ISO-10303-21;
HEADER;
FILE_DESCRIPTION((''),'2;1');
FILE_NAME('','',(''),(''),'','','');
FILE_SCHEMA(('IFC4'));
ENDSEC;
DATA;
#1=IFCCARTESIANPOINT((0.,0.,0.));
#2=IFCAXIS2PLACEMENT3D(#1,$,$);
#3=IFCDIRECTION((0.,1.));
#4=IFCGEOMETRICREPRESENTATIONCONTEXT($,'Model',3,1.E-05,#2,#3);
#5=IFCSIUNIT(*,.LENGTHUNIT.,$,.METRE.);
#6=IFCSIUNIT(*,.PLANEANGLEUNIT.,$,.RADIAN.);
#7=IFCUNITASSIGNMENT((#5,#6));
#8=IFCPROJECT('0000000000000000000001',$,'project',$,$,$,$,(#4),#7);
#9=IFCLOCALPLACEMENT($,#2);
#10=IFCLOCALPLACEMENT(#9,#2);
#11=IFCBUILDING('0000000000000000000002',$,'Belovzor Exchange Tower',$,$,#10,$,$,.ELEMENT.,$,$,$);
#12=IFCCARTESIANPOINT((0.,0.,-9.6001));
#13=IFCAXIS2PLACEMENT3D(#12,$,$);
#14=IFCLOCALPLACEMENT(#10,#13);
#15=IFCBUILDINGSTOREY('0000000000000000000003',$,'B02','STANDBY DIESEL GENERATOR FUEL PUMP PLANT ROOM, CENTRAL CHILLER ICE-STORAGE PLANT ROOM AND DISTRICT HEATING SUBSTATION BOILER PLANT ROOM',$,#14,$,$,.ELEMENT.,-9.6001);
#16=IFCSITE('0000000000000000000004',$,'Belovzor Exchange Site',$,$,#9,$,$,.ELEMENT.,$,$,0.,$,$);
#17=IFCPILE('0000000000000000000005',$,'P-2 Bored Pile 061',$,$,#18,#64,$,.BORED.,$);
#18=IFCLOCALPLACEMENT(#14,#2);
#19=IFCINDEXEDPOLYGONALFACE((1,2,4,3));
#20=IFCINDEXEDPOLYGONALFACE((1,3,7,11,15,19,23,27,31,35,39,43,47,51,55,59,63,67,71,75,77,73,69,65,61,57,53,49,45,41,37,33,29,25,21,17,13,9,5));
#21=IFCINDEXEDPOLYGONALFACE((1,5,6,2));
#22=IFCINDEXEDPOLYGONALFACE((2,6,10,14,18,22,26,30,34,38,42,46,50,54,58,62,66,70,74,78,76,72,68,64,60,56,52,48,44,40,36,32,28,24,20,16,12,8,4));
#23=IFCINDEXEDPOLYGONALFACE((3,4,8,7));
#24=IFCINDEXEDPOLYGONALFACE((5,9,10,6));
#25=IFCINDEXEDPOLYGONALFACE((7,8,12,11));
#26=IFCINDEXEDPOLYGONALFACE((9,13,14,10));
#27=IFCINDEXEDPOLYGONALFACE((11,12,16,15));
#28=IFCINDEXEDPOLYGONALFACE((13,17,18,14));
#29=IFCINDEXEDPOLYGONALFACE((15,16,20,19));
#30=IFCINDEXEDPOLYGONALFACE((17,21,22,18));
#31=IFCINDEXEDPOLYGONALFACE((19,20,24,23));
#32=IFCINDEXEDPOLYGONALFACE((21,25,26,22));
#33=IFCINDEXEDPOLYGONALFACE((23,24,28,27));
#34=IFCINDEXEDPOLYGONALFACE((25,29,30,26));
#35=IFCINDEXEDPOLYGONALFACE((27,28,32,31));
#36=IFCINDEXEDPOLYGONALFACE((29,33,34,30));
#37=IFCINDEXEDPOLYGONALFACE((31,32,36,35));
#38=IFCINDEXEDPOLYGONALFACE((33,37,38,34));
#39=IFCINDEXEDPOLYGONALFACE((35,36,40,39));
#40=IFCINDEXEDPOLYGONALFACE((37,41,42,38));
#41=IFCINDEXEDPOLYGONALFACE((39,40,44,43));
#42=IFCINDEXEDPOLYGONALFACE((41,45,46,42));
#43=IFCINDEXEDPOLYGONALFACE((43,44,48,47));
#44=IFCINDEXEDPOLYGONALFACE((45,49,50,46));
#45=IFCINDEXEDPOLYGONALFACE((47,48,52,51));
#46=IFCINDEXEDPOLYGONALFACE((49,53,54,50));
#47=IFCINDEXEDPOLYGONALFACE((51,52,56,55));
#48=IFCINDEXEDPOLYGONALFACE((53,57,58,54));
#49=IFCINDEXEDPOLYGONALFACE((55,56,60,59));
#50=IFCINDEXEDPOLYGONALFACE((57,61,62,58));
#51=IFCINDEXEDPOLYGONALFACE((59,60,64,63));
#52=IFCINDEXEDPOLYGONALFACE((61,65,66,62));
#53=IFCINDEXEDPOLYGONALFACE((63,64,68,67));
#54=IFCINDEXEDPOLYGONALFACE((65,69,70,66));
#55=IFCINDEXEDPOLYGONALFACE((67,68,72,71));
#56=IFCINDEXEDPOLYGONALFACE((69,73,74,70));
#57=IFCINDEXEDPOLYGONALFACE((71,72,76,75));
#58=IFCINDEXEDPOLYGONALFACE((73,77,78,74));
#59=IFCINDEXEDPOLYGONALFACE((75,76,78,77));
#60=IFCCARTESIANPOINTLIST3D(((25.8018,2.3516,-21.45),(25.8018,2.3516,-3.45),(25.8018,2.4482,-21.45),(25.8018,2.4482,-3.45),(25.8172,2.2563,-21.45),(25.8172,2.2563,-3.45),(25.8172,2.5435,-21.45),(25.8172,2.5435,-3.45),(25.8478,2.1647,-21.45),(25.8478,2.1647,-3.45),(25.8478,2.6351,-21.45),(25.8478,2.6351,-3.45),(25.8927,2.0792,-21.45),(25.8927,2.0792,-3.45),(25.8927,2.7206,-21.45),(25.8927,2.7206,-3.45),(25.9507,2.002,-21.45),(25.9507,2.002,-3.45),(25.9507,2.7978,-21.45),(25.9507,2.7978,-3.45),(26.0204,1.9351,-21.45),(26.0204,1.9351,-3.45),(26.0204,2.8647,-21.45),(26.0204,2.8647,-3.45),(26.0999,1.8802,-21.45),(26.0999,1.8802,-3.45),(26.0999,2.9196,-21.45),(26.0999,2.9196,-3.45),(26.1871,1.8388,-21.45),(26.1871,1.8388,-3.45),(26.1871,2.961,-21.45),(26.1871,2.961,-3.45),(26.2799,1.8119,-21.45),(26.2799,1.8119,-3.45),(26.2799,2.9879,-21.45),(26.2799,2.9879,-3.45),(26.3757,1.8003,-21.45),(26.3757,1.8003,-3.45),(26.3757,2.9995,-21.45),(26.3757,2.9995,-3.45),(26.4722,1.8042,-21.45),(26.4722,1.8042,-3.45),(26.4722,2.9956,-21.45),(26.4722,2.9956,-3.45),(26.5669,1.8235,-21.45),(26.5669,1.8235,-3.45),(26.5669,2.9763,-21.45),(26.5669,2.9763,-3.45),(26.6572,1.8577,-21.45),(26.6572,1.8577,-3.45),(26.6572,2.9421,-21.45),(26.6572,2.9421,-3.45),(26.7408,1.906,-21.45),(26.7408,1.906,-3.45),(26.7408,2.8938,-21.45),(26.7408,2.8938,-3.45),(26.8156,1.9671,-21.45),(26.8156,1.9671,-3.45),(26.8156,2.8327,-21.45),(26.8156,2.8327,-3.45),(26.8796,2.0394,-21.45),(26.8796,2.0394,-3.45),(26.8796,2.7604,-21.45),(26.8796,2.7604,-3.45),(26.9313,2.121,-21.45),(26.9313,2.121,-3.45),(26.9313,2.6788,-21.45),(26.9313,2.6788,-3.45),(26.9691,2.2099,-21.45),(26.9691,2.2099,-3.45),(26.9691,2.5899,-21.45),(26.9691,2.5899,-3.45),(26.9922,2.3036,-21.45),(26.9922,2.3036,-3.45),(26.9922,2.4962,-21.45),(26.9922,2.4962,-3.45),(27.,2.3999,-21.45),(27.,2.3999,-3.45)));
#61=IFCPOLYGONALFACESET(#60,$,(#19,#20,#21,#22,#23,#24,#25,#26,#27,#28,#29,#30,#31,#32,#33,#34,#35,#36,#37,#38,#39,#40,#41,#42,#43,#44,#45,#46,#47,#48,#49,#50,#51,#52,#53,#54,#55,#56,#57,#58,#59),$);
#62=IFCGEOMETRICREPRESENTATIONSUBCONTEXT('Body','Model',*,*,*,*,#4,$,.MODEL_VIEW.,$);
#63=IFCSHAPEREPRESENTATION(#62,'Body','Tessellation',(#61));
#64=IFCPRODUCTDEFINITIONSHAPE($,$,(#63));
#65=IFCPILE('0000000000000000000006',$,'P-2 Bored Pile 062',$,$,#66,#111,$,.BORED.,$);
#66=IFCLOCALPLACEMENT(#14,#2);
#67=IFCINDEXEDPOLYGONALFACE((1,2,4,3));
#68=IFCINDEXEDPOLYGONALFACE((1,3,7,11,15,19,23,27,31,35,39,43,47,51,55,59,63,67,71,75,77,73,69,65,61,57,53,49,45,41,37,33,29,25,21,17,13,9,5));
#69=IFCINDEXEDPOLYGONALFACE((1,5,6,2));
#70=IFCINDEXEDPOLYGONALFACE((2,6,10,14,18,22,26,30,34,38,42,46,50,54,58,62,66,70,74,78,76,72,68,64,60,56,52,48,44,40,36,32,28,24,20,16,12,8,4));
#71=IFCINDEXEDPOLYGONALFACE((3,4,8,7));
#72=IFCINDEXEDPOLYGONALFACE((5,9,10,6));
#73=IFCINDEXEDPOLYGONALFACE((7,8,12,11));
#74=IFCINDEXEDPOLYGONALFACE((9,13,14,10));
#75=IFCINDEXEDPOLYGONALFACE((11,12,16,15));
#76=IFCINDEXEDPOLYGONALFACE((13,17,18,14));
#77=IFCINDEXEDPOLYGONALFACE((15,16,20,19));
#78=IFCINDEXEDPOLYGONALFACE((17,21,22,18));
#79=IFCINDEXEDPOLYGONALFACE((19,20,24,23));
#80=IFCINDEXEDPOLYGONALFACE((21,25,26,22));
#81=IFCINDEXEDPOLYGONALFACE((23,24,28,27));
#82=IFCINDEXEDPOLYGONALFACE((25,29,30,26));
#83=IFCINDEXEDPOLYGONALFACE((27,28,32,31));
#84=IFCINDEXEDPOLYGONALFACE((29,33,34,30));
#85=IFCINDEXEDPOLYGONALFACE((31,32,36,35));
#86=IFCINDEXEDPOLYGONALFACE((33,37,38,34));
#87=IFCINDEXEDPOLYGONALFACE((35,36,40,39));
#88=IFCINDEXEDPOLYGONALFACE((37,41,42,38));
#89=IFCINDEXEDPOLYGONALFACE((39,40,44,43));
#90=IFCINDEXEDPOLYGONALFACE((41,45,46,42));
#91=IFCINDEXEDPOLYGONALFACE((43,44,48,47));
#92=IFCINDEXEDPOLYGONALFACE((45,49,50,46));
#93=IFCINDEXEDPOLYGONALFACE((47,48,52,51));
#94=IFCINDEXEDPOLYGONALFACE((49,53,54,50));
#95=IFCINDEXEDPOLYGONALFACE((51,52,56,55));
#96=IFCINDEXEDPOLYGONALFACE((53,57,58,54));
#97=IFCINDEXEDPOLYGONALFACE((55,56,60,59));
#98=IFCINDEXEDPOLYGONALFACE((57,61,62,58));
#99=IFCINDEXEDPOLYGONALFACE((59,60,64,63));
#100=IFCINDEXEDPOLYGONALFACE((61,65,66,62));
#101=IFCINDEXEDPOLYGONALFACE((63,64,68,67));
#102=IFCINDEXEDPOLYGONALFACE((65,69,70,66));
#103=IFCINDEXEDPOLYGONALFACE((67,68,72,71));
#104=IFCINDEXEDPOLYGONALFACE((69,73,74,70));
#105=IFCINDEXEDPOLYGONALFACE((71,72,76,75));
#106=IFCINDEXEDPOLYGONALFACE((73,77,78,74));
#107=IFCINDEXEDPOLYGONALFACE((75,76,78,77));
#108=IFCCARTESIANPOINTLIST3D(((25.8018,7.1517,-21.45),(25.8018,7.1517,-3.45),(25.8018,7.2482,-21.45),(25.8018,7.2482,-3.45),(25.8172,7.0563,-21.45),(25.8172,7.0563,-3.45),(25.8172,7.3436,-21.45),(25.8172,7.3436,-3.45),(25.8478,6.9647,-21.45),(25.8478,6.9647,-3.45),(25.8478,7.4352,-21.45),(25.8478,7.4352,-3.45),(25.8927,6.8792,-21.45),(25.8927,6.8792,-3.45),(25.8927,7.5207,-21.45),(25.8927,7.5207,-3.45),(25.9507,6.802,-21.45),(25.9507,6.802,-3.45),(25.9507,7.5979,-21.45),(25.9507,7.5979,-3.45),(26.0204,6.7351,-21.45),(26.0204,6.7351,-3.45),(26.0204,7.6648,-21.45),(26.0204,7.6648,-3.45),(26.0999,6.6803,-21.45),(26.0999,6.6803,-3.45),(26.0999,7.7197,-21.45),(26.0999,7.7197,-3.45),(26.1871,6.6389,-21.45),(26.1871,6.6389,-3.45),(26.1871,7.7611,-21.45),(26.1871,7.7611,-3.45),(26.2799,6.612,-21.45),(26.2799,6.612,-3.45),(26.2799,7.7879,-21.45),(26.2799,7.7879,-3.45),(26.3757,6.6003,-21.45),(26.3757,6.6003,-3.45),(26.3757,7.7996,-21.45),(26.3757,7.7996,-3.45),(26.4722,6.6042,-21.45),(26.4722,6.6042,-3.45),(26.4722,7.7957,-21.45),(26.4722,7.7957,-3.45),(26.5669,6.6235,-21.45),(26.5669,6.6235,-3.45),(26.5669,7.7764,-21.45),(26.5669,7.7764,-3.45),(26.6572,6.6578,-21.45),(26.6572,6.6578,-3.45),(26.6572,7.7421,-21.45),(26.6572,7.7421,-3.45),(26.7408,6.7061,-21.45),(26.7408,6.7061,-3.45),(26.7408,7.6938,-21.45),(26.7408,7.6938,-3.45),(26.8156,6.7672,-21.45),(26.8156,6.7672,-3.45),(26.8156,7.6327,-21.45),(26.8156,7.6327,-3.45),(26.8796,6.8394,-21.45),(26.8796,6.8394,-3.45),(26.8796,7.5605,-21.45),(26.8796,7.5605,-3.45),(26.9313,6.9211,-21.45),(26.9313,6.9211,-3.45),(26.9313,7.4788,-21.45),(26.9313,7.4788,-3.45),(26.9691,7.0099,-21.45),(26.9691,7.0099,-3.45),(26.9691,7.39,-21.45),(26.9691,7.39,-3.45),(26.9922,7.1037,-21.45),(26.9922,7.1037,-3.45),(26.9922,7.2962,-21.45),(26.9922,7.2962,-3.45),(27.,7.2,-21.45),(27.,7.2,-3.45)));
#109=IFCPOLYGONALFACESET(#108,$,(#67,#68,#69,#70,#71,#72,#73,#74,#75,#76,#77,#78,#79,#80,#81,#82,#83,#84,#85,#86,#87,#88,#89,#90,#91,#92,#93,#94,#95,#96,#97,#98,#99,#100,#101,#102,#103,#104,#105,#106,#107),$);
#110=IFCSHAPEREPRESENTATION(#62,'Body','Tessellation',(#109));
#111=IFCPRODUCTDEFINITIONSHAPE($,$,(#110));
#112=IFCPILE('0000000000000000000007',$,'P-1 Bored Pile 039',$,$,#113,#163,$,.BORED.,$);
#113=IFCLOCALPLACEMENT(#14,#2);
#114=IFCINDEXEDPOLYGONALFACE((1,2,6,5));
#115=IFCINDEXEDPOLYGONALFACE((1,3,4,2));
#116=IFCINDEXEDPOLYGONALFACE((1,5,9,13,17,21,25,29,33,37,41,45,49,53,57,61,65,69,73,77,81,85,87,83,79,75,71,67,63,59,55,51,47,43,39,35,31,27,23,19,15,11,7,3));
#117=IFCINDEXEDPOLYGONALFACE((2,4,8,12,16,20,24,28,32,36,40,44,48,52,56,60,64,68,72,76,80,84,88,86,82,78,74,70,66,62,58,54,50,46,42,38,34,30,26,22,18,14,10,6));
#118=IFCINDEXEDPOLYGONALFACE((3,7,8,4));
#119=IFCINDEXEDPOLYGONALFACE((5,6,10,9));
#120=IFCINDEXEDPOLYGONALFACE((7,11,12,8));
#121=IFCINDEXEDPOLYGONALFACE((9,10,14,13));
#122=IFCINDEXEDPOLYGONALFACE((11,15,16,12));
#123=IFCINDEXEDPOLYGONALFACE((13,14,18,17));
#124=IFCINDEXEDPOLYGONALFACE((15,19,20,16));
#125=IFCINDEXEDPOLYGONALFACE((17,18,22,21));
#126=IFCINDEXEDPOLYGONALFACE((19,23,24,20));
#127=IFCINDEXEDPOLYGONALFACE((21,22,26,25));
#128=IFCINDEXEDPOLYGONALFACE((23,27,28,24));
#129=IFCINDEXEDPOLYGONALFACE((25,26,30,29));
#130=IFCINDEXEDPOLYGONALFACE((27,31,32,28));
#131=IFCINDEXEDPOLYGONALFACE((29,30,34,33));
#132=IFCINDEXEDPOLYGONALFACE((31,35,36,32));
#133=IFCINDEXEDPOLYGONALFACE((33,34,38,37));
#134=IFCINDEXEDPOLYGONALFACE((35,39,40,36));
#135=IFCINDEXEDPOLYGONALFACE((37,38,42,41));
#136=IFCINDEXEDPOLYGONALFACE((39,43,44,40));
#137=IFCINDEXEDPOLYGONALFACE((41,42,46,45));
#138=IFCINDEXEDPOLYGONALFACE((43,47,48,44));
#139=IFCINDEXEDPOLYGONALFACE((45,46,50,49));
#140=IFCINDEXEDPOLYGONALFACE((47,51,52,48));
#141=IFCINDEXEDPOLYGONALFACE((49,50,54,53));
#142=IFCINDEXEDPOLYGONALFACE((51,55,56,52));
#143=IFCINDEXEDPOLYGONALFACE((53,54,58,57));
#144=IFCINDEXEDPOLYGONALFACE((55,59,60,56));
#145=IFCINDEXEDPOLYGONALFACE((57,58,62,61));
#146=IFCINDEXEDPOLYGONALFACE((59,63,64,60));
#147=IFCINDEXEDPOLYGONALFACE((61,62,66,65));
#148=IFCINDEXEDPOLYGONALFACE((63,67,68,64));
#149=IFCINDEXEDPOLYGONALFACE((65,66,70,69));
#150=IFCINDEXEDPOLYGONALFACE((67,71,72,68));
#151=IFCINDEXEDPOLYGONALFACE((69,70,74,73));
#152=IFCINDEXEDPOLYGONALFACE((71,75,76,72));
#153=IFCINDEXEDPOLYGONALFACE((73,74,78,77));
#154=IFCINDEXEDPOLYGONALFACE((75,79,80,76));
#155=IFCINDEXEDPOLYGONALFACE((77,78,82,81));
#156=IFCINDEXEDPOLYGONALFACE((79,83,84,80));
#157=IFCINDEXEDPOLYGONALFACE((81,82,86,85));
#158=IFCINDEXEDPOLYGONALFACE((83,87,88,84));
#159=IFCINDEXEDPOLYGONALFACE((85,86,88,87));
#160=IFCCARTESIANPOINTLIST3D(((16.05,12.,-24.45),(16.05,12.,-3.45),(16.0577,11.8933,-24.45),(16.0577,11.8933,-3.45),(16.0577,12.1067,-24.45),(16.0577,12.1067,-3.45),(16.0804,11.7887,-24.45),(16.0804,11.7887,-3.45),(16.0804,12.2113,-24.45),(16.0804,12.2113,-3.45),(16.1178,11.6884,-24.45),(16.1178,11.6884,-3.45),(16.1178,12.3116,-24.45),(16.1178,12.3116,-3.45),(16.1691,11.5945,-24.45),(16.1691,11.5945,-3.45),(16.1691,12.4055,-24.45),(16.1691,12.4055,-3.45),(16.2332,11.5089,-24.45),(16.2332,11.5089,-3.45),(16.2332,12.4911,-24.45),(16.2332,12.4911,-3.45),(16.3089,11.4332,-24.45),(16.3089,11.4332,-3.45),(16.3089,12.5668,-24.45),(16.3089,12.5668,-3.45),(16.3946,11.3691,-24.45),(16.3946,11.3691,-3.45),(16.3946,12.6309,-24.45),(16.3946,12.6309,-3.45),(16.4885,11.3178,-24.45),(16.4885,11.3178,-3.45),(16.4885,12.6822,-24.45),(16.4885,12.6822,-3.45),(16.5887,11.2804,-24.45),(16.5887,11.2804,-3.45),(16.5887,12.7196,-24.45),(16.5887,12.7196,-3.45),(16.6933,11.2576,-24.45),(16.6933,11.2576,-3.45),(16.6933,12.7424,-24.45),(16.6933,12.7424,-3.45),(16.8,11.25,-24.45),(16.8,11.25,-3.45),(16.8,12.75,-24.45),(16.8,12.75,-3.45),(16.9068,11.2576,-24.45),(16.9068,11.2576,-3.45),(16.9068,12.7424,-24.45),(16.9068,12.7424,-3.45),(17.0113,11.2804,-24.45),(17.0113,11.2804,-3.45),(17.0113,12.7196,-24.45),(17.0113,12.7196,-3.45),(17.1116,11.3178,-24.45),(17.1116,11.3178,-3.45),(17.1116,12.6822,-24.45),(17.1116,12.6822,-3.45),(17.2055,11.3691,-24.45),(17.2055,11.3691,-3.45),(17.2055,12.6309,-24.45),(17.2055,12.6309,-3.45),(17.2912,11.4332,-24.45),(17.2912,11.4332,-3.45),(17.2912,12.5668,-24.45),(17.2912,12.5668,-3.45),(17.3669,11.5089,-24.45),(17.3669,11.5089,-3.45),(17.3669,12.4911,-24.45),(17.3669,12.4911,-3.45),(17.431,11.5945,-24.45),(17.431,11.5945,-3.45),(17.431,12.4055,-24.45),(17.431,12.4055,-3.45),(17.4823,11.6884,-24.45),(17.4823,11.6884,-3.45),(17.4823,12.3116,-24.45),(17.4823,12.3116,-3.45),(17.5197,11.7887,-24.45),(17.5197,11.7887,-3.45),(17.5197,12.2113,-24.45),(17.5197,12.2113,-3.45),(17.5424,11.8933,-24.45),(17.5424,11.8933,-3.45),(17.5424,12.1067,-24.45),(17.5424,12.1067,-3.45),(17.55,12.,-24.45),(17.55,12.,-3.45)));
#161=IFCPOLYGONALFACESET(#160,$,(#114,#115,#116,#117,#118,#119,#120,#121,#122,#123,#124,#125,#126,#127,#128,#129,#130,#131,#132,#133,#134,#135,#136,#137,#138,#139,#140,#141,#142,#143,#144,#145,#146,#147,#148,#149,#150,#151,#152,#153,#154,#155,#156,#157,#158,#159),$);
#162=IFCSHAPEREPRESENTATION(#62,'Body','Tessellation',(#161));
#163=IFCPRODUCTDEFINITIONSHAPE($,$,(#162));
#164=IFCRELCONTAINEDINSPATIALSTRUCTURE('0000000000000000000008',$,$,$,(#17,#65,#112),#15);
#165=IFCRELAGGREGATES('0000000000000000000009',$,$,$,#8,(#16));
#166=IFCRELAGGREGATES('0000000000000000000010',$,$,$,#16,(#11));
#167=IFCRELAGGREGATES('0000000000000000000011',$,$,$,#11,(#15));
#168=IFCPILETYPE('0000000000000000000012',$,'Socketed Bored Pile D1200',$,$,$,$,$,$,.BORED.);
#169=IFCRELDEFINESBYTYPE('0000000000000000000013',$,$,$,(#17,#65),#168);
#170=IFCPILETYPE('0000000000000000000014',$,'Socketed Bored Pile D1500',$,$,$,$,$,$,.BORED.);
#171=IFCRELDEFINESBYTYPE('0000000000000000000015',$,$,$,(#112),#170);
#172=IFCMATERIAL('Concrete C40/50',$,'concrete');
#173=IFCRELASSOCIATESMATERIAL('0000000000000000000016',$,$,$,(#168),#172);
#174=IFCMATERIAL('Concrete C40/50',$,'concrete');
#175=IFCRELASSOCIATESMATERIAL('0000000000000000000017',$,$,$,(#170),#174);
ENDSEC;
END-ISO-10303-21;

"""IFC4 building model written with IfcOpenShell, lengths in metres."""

from ifc_helpers import new_model, si_unit, direction, frame, origin, origin_2d, place, context, subcontext, project, spatial, circle, extrude, material, material_profile, profile_set, type_object, element, save


model = new_model("IFC4")

# Units and contexts
model_context = context("Model", 3, precision=1e-05, world=origin(), true_north=direction((0.0, 1.0)))
body_context = subcontext(model_context, "Body", "Model", "MODEL_VIEW")
ifc_project = project(units=[si_unit("LENGTHUNIT", "METRE"), si_unit("PLANEANGLEUNIT", "RADIAN")], contexts=[model_context])

# Site, building, storey
site_placement = place(None, origin())
site = spatial("IfcSite", under=ifc_project, at=site_placement, Name="Belovzor Exchange Site", CompositionType="ELEMENT", RefElevation=0.0)
building_placement = place(site_placement, origin())
building = spatial("IfcBuilding", under=site, at=building_placement, Name="Belovzor Exchange Tower", CompositionType="ELEMENT")
storey_placement = place(building_placement, frame((0.0, 0.0, -9.6001)))
storey = spatial("IfcBuildingStorey", under=building, at=storey_placement, Name="B02", Description="STANDBY DIESEL GENERATOR FUEL PUMP PLANT ROOM, CENTRAL CHILLER ICE-STORAGE PLANT ROOM AND DISTRICT HEATING SUBSTATION BOILER PLANT ROOM", CompositionType="ELEMENT", Elevation=-9.6001)

# Piles
ifc_material_1 = material(Name="Concrete C40/50", Category="concrete")
ifc_material_profile_1 = material_profile(ifc_material_1, circle(Radius=0.6001, at=origin_2d()))
ifc_profile_set_1 = profile_set([ifc_material_profile_1], Name="Concrete C40/50")
pile_type_1 = type_object("IfcPileType", Name="Socketed Bored Pile D1200", PredefinedType="BORED", material=ifc_profile_set_1)
for number, where, z_axis, x_axis, name in (
    (1, (26.3999, 2.3999, -3.45), (0.0, 0.0, -1.0), (1.0, 0.0, 0.0), "P-2 Bored Pile 061"),
    (2, (26.3999, 7.2, -3.45), (0.0, 0.0, -1.0), (1.0, 0.0, 0.0), "P-2 Bored Pile 062"),
):
    element("IfcPile", number, at=place(storey_placement, frame(where, z_axis=z_axis, x_axis=x_axis)), inside=storey, type_object=pile_type_1, Name=name, PredefinedType="BORED", context=body_context, shape_type="SweptSolid", body=[
        extrude(circle(Radius=0.6001, at=origin_2d()), origin(), (0.0, 0.0, 1.0), 18.0),
    ])
ifc_material_2 = material(Name="Concrete C40/50", Category="concrete")
ifc_material_profile_2 = material_profile(ifc_material_2, circle(Radius=0.75, at=origin_2d()))
ifc_profile_set_2 = profile_set([ifc_material_profile_2], Name="Concrete C40/50")
pile_type_2 = type_object("IfcPileType", Name="Socketed Bored Pile D1500", PredefinedType="BORED", material=ifc_profile_set_2)
for number, where, z_axis, x_axis, name in (
    (3, (16.8, 12.0, -3.45), (0.0, 0.0, -1.0), (1.0, 0.0, 0.0), "P-1 Bored Pile 039"),
):
    element("IfcPile", number, at=place(storey_placement, frame(where, z_axis=z_axis, x_axis=x_axis)), inside=storey, type_object=pile_type_2, Name=name, PredefinedType="BORED", context=body_context, shape_type="SweptSolid", body=[
        extrude(circle(Radius=0.75, at=origin_2d()), origin(), (0.0, 0.0, 1.0), 21.0),
    ])

save(model, "model.ifc")
